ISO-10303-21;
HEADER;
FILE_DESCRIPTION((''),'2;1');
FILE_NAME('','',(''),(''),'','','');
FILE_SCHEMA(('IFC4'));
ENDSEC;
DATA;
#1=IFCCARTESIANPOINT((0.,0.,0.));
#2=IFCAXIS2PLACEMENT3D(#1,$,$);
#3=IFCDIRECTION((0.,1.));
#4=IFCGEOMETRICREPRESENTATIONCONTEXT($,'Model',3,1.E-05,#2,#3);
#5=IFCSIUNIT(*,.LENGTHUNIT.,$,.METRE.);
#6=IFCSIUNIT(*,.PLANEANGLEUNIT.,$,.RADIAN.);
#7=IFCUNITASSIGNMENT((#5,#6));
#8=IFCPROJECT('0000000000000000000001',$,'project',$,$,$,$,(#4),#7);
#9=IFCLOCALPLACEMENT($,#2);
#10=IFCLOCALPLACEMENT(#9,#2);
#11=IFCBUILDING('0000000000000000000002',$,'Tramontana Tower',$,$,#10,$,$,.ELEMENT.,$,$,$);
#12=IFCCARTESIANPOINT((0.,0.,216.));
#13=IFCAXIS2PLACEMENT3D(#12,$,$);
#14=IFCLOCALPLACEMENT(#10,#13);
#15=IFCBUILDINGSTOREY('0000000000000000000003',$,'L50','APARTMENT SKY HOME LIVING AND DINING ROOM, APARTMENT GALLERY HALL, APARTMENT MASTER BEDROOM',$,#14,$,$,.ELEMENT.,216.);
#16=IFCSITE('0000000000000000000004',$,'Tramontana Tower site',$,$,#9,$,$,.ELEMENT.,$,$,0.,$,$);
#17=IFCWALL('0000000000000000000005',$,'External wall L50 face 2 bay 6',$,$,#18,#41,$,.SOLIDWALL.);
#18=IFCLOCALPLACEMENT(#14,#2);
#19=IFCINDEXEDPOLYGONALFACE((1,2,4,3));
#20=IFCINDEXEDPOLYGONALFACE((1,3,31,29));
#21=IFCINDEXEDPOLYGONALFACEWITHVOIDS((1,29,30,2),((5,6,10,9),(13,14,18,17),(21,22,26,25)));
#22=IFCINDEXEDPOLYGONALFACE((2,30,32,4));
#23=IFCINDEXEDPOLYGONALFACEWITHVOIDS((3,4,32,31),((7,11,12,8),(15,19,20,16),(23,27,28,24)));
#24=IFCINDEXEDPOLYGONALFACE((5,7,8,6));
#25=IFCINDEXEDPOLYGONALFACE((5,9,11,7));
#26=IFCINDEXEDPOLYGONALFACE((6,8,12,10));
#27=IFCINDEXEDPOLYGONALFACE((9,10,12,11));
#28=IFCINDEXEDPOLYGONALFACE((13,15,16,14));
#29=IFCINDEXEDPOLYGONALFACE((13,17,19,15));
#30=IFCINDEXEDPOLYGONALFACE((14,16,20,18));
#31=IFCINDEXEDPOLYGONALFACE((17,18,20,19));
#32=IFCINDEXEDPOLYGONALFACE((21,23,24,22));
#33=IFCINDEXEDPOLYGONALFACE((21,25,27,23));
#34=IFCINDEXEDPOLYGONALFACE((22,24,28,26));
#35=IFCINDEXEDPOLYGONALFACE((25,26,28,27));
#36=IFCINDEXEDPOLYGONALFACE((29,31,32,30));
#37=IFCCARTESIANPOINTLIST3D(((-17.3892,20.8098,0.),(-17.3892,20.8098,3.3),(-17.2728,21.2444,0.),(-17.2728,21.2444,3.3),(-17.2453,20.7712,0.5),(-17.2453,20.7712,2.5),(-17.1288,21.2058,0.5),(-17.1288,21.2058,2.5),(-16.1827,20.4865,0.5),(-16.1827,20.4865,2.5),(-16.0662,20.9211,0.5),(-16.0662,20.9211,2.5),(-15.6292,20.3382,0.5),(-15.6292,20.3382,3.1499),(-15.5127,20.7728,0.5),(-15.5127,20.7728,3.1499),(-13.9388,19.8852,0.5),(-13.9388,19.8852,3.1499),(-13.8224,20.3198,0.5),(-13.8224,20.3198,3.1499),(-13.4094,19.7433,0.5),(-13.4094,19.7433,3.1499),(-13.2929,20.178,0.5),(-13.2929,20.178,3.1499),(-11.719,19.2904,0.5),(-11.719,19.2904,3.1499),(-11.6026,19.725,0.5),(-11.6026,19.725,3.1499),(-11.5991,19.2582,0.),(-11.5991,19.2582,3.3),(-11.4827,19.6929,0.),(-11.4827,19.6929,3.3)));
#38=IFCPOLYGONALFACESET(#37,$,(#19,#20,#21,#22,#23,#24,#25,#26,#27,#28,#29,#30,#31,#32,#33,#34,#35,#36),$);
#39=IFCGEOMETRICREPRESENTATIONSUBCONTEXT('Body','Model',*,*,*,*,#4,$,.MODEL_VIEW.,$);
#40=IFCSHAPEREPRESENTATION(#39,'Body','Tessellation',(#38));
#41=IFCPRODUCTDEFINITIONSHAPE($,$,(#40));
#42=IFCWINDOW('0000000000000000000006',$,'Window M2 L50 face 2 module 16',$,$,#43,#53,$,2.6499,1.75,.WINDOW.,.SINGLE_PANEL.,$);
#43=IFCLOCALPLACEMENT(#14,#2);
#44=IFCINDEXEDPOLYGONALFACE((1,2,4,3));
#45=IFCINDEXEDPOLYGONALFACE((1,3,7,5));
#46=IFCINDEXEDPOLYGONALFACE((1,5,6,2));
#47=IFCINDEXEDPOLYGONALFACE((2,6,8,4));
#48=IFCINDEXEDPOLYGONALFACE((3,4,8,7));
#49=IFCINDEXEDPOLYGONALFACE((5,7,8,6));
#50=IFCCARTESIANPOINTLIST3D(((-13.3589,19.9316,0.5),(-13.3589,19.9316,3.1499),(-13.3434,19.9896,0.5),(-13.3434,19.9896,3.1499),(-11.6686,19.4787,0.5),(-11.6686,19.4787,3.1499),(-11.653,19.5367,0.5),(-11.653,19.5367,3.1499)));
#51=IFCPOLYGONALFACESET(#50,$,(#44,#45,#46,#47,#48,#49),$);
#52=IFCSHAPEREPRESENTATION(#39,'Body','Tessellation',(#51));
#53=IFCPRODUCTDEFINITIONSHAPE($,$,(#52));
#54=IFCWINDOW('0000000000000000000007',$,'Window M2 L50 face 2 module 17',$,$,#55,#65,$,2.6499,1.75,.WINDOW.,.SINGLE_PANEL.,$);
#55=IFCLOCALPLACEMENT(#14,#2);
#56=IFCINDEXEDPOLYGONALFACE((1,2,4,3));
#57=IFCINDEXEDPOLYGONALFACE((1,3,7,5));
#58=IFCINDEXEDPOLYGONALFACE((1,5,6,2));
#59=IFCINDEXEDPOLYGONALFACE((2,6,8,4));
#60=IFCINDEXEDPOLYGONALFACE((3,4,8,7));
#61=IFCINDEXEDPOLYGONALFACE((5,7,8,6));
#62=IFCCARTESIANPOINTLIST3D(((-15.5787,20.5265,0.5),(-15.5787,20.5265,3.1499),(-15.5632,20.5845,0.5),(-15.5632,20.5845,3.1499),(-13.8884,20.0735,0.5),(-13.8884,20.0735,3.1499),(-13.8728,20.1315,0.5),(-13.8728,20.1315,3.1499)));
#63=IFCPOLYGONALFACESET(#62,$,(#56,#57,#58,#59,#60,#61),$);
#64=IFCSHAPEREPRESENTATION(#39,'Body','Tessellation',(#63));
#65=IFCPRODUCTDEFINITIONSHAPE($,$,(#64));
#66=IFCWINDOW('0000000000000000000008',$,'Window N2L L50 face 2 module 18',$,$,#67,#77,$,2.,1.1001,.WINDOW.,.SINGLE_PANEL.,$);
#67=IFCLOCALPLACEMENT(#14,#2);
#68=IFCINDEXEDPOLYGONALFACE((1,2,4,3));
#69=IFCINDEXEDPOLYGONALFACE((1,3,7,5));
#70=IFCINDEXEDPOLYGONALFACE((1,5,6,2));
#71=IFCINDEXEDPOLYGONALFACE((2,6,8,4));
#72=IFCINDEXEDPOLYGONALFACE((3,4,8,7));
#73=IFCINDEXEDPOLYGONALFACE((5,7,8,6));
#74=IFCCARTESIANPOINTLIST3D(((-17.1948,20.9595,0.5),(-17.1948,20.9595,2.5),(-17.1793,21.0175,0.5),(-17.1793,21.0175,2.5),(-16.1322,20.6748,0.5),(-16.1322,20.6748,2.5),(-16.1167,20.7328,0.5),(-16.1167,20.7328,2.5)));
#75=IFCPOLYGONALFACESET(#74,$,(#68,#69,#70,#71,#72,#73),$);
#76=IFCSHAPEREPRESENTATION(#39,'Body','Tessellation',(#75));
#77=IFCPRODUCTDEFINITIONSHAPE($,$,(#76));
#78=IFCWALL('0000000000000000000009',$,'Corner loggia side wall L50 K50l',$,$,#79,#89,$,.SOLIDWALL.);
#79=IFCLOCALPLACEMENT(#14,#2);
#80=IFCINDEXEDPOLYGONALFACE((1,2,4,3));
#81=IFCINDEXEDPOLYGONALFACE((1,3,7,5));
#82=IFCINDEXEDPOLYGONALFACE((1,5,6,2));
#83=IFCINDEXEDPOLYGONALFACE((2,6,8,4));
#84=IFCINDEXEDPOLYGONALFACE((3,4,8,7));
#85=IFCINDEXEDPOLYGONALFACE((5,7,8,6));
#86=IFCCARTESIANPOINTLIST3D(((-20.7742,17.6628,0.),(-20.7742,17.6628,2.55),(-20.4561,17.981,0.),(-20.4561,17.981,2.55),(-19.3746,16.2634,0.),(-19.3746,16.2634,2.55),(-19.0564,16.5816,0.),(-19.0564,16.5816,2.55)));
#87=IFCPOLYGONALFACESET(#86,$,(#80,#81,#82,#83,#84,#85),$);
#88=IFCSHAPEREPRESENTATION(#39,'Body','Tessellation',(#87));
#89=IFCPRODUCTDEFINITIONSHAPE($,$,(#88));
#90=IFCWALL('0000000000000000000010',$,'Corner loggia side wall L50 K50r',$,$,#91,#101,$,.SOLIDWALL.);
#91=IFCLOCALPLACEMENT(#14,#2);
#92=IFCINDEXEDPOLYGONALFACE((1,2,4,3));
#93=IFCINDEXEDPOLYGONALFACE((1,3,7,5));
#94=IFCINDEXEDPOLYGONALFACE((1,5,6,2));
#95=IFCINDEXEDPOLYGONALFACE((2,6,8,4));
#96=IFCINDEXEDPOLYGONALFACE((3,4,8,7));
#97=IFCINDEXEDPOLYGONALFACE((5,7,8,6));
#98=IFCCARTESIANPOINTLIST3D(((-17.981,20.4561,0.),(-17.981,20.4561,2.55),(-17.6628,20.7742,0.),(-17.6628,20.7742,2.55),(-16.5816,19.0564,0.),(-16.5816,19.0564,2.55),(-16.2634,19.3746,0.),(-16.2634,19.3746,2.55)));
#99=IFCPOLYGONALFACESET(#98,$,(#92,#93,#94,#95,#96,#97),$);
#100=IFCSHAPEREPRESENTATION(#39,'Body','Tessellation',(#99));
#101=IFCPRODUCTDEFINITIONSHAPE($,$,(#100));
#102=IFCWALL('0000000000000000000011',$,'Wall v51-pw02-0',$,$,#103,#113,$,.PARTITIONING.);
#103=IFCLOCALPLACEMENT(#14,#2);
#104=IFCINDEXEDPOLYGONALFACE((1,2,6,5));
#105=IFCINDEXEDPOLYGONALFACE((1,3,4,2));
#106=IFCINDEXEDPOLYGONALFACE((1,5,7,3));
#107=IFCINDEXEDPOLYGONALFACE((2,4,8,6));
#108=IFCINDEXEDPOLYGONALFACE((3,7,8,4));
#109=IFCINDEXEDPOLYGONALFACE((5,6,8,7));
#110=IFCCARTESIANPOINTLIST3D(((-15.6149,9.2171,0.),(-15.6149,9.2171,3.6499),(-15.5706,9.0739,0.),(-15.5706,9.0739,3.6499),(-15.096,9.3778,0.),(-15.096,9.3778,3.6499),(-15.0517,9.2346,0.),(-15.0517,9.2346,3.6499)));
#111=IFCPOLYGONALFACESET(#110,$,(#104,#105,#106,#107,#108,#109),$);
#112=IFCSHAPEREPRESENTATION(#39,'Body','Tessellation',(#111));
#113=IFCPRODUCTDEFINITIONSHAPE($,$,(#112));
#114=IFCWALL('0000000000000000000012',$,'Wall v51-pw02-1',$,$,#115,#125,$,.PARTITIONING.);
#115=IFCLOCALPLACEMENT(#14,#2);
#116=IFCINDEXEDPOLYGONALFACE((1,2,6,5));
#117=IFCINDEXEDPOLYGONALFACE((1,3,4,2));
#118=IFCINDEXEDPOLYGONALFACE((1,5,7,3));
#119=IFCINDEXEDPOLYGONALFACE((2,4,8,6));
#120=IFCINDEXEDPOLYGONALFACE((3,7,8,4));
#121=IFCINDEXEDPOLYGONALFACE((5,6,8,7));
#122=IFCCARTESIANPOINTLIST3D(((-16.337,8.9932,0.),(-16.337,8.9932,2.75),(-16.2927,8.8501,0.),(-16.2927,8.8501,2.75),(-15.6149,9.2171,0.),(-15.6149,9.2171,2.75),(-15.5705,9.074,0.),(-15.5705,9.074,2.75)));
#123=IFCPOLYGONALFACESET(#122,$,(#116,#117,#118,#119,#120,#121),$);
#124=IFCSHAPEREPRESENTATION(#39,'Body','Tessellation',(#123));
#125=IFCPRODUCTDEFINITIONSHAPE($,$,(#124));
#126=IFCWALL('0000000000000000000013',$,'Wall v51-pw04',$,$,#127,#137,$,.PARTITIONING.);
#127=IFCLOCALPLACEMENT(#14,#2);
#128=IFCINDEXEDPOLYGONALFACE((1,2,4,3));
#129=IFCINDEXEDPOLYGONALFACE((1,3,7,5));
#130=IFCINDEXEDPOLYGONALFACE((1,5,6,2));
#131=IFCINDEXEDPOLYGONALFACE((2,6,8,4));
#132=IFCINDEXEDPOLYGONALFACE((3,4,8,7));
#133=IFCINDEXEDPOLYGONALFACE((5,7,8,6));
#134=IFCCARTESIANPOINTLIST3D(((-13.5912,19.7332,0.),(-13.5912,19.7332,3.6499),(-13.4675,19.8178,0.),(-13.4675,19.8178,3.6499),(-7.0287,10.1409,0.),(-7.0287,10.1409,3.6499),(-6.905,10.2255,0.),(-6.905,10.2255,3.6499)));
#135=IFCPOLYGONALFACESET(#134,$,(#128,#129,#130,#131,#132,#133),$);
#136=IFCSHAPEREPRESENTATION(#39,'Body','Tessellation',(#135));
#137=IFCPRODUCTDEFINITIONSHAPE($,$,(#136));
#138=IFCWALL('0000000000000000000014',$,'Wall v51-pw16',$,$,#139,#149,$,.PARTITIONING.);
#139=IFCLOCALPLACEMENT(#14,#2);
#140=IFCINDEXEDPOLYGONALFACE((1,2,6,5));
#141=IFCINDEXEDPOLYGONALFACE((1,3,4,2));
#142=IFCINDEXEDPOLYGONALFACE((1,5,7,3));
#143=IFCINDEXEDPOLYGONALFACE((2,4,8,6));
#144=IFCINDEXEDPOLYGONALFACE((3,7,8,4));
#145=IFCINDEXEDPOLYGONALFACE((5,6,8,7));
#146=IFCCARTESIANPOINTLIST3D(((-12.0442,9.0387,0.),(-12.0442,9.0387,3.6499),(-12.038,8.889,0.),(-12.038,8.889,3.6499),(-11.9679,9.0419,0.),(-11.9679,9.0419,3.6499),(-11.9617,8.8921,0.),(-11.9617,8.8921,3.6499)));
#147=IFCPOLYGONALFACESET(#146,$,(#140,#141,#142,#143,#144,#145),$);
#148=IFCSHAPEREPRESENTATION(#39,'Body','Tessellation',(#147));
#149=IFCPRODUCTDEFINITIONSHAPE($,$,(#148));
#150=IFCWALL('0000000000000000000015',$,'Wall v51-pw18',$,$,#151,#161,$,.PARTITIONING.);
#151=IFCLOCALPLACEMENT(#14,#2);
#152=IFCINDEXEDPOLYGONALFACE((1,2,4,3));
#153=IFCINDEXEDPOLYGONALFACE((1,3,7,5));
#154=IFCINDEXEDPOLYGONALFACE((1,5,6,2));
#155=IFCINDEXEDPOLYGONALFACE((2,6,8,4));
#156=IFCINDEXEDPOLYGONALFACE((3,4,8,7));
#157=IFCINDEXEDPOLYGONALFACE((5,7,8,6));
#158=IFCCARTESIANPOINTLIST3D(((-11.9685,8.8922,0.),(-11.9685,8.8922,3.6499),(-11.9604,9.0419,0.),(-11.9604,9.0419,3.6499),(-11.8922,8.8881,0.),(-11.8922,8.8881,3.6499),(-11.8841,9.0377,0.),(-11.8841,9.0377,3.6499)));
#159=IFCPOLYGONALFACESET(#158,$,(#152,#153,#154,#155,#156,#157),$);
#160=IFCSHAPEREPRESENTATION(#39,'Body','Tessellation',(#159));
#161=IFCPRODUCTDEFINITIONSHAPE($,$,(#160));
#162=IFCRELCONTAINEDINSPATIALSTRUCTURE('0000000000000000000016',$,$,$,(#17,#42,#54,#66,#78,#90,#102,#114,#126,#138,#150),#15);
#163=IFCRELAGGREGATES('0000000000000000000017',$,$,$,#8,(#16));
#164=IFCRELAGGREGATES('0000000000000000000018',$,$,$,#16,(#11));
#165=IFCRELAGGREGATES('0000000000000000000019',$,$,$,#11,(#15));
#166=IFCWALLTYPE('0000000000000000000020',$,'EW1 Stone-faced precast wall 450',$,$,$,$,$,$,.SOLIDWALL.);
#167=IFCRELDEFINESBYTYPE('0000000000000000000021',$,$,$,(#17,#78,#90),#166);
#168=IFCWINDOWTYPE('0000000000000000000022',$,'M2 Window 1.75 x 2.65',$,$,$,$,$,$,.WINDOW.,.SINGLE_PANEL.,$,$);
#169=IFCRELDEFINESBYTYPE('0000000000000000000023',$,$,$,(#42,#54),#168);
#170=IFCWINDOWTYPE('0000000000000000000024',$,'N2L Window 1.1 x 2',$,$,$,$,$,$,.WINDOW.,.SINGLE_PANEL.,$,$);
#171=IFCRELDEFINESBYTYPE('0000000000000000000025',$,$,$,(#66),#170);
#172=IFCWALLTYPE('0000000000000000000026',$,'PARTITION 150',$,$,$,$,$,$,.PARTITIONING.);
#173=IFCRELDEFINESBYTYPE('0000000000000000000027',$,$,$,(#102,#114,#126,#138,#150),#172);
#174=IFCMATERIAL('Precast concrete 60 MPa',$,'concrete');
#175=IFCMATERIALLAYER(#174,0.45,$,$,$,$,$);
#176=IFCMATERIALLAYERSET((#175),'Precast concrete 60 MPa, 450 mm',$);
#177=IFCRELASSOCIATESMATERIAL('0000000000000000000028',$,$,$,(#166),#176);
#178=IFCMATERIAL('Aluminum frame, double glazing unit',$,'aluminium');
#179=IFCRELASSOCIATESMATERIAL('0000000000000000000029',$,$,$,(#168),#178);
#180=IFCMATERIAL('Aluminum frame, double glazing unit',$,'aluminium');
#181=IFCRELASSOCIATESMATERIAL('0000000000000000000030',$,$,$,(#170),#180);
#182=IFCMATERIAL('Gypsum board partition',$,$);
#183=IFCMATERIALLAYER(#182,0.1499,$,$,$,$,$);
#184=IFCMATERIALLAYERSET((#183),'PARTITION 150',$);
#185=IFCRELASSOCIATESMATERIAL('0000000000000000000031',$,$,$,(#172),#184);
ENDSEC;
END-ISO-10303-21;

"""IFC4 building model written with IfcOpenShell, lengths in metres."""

from ifc_helpers import new_model, si_unit, direction, frame, frame_2d, origin, place, context, subcontext, project, spatial, rectangle, extrude, material, layer, layer_set, type_object, element, fill, save


model = new_model("IFC4")

# Units and contexts
model_context = context("Model", 3, precision=1e-05, world=origin(), true_north=direction((0.0, 1.0)))
body_context = subcontext(model_context, "Body", "Model", "MODEL_VIEW")
ifc_project = project(units=[si_unit("LENGTHUNIT", "METRE"), si_unit("PLANEANGLEUNIT", "RADIAN")], contexts=[model_context])

# Site, building, storey
site_placement = place(None, origin())
site = spatial("IfcSite", under=ifc_project, at=site_placement, Name="Tramontana Tower site", CompositionType="ELEMENT", RefElevation=0.0)
building_placement = place(site_placement, origin())
building = spatial("IfcBuilding", under=site, at=building_placement, Name="Tramontana Tower", CompositionType="ELEMENT")
storey_placement = place(building_placement, frame((0.0, 0.0, 216.0)))
storey = spatial("IfcBuildingStorey", under=building, at=storey_placement, Name="L50", Description="APARTMENT SKY HOME LIVING AND DINING ROOM, APARTMENT GALLERY HALL, APARTMENT MASTER BEDROOM", CompositionType="ELEMENT", Elevation=216.0)

# Shared definitions
ifc_material_1 = material(Name="Precast concrete 60 MPa", Category="concrete")
ifc_layer_1 = layer(ifc_material_1, 0.45)
ifc_layer_set_1 = layer_set([ifc_layer_1], Name="Precast concrete 60 MPa, 450 mm")
wall_type_1 = type_object("IfcWallType", Name="EW1 Stone-faced precast wall 450", PredefinedType="SOLIDWALL", material=ifc_layer_set_1)
ifc_material_2 = material(Name="Aluminum frame, double glazing unit", Category="aluminium")
window_type_1 = type_object("IfcWindowType", Name="M2 Window 1.75 x 2.65", PartitioningType="SINGLE_PANEL", PredefinedType="WINDOW", material=ifc_material_2)
ifc_material_3 = material(Name="Aluminum frame, double glazing unit", Category="aluminium")
window_type_2 = type_object("IfcWindowType", Name="N2L Window 1.1 x 2", PartitioningType="SINGLE_PANEL", PredefinedType="WINDOW", material=ifc_material_3)

# Wall, openings, windows
wall_1_placement = place(storey_placement, frame((-11.541, 19.4756, 0.0), z_axis=(0.0, 0.0, 1.0), x_axis=(-0.965923, 0.258831, 0.0)))
wall_1 = element("IfcWall", 1, at=wall_1_placement, inside=storey, type_object=wall_type_1, Name="External wall L50 face 2 bay 6", PredefinedType="SOLIDWALL", context=body_context, shape_type="SweptSolid", body=[
    extrude(rectangle(XDim=5.9944, YDim=0.45, at=frame_2d((2.9971, 0.0))), origin(), (0.0, 0.0, 1.0), 3.3),
])
opening_1_placement = place(wall_1_placement, frame((0.124, 0.0, 0.5)))
opening_1 = element("IfcOpeningElement", 2, at=opening_1_placement, cuts=wall_1, PredefinedType="OPENING", context=body_context, shape_type="SweptSolid", body=[
    extrude(rectangle(XDim=1.75, YDim=2.6499, at=frame_2d((0.875, 1.325))), frame((0.0, 0.2349, 0.0), z_axis=(0.0, -1.0, 0.0), x_axis=(1.0, 0.0, 0.0)), (0.0, 0.0, 1.0), 0.47),
])
opening_2_placement = place(wall_1_placement, frame((2.4221, 0.0, 0.5)))
opening_2 = element("IfcOpeningElement", 3, at=opening_2_placement, cuts=wall_1, PredefinedType="OPENING", context=body_context, shape_type="SweptSolid", body=[
    extrude(rectangle(XDim=1.75, YDim=2.6499, at=frame_2d((0.875, 1.325))), frame((0.0, 0.2349, 0.0), z_axis=(0.0, -1.0, 0.0), x_axis=(1.0, 0.0, 0.0)), (0.0, 0.0, 1.0), 0.47),
])
opening_3_placement = place(wall_1_placement, frame((4.7451, 0.0, 0.5)))
opening_3 = element("IfcOpeningElement", 4, at=opening_3_placement, cuts=wall_1, PredefinedType="OPENING", context=body_context, shape_type="SweptSolid", body=[
    extrude(rectangle(XDim=1.1001, YDim=2.0, at=frame_2d((0.55, 1.0))), frame((0.0, 0.2349, 0.0), z_axis=(0.0, -1.0, 0.0), x_axis=(1.0, 0.0, 0.0)), (0.0, 0.0, 1.0), 0.47),
])
window_1_placement = place(opening_1_placement, origin())
window_1 = element("IfcWindow", 5, at=window_1_placement, inside=storey, type_object=window_type_1, Name="Window M2 L50 face 2 module 16", OverallHeight=2.6499, OverallWidth=1.75, PartitioningType="SINGLE_PANEL", PredefinedType="WINDOW", context=body_context, shape_type="SweptSolid", body=[
    extrude(rectangle(XDim=1.75, YDim=2.6499, at=frame_2d((0.875, 1.325))), frame((0.0, 0.03, 0.0), z_axis=(0.0, -1.0, 0.0), x_axis=(1.0, 0.0, 0.0)), (0.0, 0.0, 1.0), 0.0601),
])
fill(opening_1, window_1)
window_2_placement = place(opening_2_placement, origin())
window_2 = element("IfcWindow", 6, at=window_2_placement, inside=storey, type_object=window_type_1, Name="Window M2 L50 face 2 module 17", OverallHeight=2.6499, OverallWidth=1.75, PartitioningType="SINGLE_PANEL", PredefinedType="WINDOW", context=body_context, shape_type="SweptSolid", body=[
    extrude(rectangle(XDim=1.75, YDim=2.6499, at=frame_2d((0.875, 1.325))), frame((0.0, 0.03, 0.0), z_axis=(0.0, -1.0, 0.0), x_axis=(1.0, 0.0, 0.0)), (0.0, 0.0, 1.0), 0.0601),
])
fill(opening_2, window_2)
window_3_placement = place(opening_3_placement, origin())
window_3 = element("IfcWindow", 7, at=window_3_placement, inside=storey, type_object=window_type_2, Name="Window N2L L50 face 2 module 18", OverallHeight=2.0, OverallWidth=1.1001, PartitioningType="SINGLE_PANEL", PredefinedType="WINDOW", context=body_context, shape_type="SweptSolid", body=[
    extrude(rectangle(XDim=1.1001, YDim=2.0, at=frame_2d((0.55, 1.0))), frame((0.0, 0.03, 0.0), z_axis=(0.0, -1.0, 0.0), x_axis=(1.0, 0.0, 0.0)), (0.0, 0.0, 1.0), 0.0601),
])
fill(opening_3, window_3)

# Walls
for number, where, z_axis, x_axis, name in (
    (8, (-20.6152, 17.822, 0.0), (0.0, 0.0, 1.0), (0.707168, -0.707045, 0.0), "Corner loggia side wall L50 K50l"),
    (9, (-17.822, 20.6152, 0.0), (0.0, 0.0, 1.0), (0.707045, -0.707168, 0.0), "Corner loggia side wall L50 K50r"),
):
    element("IfcWall", number, at=place(storey_placement, frame(where, z_axis=z_axis, x_axis=x_axis)), inside=storey, type_object=wall_type_1, Name=name, PredefinedType="SOLIDWALL", context=body_context, shape_type="SweptSolid", body=[
        extrude(rectangle(XDim=1.9792, YDim=0.45, at=frame_2d((0.9897, 0.0))), origin(), (0.0, 0.0, 1.0), 2.55),
    ])

# Walls
ifc_material_4 = material(Name="Gypsum board partition")
ifc_layer_2 = layer(ifc_material_4, 0.1499)
ifc_layer_set_2 = layer_set([ifc_layer_2], Name="PARTITION 150")
wall_type_2 = type_object("IfcWallType", Name="PARTITION 150", PredefinedType="PARTITIONING", material=ifc_layer_set_2)
wall_2_placement = place(storey_placement, frame((-15.074, 9.3062, 0.0), z_axis=(0.0, 0.0, 1.0), x_axis=(-0.955253, -0.295791, 0.0)))
element("IfcWall", 10, at=wall_2_placement, inside=storey, type_object=wall_type_2, Name="Wall v51-pw02-0", PredefinedType="PARTITIONING", context=body_context, shape_type="SweptSolid", body=[
    extrude(rectangle(XDim=0.5432, YDim=0.1499, at=frame_2d((0.2715, 0.0))), origin(), (0.0, 0.0, 1.0), 3.6499),
])
wall_3_placement = place(storey_placement, frame((-15.5928, 9.1455, 0.0), z_axis=(0.0, 0.0, 1.0), x_axis=(-0.955155, -0.296105, 0.0)))
element("IfcWall", 11, at=wall_3_placement, inside=storey, type_object=wall_type_2, Name="Wall v51-pw02-1", PredefinedType="PARTITIONING", context=body_context, shape_type="SweptSolid", body=[
    extrude(rectangle(XDim=0.7561, YDim=0.1499, at=frame_2d((0.3779, 0.0))), origin(), (0.0, 0.0, 1.0), 2.75),
])
wall_4_placement = place(storey_placement, frame((-13.5293, 19.7754, 0.0), z_axis=(0.0, 0.0, 1.0), x_axis=(0.564646, -0.825333, 0.0)))
element("IfcWall", 12, at=wall_4_placement, inside=storey, type_object=wall_type_2, Name="Wall v51-pw04", PredefinedType="PARTITIONING", context=body_context, shape_type="SweptSolid", body=[
    extrude(rectangle(XDim=11.6223, YDim=0.1499, at=frame_2d((5.811, 0.0))), origin(), (0.0, 0.0, 1.0), 3.6499),
])
wall_5_placement = place(storey_placement, frame((-12.041, 8.9639, 0.0), z_axis=(0.0, 0.0, 1.0), x_axis=(0.999139, 0.041498, 0.0)))
element("IfcWall", 13, at=wall_5_placement, inside=storey, type_object=wall_type_2, Name="Wall v51-pw16", PredefinedType="PARTITIONING", context=body_context, shape_type="SweptSolid", body=[
    extrude(rectangle(XDim=0.0764, YDim=0.1499, at=frame_2d((0.0381, 0.0))), origin(), (0.0, 0.0, 1.0), 3.6499),
])

# Wall
wall_6_placement = place(storey_placement, frame((-11.9644, 8.967, 0.0), z_axis=(0.0, 0.0, 1.0), x_axis=(0.998528, -0.054233, 0.0)))
element("IfcWall", 14, at=wall_6_placement, inside=storey, type_object=wall_type_2, Name="Wall v51-pw18", PredefinedType="PARTITIONING", context=body_context, shape_type="SweptSolid", body=[
    extrude(rectangle(XDim=0.0764, YDim=0.1499, at=frame_2d((0.0381, 0.0))), origin(), (0.0, 0.0, 1.0), 3.6499),
])

save(model, "model.ifc")
